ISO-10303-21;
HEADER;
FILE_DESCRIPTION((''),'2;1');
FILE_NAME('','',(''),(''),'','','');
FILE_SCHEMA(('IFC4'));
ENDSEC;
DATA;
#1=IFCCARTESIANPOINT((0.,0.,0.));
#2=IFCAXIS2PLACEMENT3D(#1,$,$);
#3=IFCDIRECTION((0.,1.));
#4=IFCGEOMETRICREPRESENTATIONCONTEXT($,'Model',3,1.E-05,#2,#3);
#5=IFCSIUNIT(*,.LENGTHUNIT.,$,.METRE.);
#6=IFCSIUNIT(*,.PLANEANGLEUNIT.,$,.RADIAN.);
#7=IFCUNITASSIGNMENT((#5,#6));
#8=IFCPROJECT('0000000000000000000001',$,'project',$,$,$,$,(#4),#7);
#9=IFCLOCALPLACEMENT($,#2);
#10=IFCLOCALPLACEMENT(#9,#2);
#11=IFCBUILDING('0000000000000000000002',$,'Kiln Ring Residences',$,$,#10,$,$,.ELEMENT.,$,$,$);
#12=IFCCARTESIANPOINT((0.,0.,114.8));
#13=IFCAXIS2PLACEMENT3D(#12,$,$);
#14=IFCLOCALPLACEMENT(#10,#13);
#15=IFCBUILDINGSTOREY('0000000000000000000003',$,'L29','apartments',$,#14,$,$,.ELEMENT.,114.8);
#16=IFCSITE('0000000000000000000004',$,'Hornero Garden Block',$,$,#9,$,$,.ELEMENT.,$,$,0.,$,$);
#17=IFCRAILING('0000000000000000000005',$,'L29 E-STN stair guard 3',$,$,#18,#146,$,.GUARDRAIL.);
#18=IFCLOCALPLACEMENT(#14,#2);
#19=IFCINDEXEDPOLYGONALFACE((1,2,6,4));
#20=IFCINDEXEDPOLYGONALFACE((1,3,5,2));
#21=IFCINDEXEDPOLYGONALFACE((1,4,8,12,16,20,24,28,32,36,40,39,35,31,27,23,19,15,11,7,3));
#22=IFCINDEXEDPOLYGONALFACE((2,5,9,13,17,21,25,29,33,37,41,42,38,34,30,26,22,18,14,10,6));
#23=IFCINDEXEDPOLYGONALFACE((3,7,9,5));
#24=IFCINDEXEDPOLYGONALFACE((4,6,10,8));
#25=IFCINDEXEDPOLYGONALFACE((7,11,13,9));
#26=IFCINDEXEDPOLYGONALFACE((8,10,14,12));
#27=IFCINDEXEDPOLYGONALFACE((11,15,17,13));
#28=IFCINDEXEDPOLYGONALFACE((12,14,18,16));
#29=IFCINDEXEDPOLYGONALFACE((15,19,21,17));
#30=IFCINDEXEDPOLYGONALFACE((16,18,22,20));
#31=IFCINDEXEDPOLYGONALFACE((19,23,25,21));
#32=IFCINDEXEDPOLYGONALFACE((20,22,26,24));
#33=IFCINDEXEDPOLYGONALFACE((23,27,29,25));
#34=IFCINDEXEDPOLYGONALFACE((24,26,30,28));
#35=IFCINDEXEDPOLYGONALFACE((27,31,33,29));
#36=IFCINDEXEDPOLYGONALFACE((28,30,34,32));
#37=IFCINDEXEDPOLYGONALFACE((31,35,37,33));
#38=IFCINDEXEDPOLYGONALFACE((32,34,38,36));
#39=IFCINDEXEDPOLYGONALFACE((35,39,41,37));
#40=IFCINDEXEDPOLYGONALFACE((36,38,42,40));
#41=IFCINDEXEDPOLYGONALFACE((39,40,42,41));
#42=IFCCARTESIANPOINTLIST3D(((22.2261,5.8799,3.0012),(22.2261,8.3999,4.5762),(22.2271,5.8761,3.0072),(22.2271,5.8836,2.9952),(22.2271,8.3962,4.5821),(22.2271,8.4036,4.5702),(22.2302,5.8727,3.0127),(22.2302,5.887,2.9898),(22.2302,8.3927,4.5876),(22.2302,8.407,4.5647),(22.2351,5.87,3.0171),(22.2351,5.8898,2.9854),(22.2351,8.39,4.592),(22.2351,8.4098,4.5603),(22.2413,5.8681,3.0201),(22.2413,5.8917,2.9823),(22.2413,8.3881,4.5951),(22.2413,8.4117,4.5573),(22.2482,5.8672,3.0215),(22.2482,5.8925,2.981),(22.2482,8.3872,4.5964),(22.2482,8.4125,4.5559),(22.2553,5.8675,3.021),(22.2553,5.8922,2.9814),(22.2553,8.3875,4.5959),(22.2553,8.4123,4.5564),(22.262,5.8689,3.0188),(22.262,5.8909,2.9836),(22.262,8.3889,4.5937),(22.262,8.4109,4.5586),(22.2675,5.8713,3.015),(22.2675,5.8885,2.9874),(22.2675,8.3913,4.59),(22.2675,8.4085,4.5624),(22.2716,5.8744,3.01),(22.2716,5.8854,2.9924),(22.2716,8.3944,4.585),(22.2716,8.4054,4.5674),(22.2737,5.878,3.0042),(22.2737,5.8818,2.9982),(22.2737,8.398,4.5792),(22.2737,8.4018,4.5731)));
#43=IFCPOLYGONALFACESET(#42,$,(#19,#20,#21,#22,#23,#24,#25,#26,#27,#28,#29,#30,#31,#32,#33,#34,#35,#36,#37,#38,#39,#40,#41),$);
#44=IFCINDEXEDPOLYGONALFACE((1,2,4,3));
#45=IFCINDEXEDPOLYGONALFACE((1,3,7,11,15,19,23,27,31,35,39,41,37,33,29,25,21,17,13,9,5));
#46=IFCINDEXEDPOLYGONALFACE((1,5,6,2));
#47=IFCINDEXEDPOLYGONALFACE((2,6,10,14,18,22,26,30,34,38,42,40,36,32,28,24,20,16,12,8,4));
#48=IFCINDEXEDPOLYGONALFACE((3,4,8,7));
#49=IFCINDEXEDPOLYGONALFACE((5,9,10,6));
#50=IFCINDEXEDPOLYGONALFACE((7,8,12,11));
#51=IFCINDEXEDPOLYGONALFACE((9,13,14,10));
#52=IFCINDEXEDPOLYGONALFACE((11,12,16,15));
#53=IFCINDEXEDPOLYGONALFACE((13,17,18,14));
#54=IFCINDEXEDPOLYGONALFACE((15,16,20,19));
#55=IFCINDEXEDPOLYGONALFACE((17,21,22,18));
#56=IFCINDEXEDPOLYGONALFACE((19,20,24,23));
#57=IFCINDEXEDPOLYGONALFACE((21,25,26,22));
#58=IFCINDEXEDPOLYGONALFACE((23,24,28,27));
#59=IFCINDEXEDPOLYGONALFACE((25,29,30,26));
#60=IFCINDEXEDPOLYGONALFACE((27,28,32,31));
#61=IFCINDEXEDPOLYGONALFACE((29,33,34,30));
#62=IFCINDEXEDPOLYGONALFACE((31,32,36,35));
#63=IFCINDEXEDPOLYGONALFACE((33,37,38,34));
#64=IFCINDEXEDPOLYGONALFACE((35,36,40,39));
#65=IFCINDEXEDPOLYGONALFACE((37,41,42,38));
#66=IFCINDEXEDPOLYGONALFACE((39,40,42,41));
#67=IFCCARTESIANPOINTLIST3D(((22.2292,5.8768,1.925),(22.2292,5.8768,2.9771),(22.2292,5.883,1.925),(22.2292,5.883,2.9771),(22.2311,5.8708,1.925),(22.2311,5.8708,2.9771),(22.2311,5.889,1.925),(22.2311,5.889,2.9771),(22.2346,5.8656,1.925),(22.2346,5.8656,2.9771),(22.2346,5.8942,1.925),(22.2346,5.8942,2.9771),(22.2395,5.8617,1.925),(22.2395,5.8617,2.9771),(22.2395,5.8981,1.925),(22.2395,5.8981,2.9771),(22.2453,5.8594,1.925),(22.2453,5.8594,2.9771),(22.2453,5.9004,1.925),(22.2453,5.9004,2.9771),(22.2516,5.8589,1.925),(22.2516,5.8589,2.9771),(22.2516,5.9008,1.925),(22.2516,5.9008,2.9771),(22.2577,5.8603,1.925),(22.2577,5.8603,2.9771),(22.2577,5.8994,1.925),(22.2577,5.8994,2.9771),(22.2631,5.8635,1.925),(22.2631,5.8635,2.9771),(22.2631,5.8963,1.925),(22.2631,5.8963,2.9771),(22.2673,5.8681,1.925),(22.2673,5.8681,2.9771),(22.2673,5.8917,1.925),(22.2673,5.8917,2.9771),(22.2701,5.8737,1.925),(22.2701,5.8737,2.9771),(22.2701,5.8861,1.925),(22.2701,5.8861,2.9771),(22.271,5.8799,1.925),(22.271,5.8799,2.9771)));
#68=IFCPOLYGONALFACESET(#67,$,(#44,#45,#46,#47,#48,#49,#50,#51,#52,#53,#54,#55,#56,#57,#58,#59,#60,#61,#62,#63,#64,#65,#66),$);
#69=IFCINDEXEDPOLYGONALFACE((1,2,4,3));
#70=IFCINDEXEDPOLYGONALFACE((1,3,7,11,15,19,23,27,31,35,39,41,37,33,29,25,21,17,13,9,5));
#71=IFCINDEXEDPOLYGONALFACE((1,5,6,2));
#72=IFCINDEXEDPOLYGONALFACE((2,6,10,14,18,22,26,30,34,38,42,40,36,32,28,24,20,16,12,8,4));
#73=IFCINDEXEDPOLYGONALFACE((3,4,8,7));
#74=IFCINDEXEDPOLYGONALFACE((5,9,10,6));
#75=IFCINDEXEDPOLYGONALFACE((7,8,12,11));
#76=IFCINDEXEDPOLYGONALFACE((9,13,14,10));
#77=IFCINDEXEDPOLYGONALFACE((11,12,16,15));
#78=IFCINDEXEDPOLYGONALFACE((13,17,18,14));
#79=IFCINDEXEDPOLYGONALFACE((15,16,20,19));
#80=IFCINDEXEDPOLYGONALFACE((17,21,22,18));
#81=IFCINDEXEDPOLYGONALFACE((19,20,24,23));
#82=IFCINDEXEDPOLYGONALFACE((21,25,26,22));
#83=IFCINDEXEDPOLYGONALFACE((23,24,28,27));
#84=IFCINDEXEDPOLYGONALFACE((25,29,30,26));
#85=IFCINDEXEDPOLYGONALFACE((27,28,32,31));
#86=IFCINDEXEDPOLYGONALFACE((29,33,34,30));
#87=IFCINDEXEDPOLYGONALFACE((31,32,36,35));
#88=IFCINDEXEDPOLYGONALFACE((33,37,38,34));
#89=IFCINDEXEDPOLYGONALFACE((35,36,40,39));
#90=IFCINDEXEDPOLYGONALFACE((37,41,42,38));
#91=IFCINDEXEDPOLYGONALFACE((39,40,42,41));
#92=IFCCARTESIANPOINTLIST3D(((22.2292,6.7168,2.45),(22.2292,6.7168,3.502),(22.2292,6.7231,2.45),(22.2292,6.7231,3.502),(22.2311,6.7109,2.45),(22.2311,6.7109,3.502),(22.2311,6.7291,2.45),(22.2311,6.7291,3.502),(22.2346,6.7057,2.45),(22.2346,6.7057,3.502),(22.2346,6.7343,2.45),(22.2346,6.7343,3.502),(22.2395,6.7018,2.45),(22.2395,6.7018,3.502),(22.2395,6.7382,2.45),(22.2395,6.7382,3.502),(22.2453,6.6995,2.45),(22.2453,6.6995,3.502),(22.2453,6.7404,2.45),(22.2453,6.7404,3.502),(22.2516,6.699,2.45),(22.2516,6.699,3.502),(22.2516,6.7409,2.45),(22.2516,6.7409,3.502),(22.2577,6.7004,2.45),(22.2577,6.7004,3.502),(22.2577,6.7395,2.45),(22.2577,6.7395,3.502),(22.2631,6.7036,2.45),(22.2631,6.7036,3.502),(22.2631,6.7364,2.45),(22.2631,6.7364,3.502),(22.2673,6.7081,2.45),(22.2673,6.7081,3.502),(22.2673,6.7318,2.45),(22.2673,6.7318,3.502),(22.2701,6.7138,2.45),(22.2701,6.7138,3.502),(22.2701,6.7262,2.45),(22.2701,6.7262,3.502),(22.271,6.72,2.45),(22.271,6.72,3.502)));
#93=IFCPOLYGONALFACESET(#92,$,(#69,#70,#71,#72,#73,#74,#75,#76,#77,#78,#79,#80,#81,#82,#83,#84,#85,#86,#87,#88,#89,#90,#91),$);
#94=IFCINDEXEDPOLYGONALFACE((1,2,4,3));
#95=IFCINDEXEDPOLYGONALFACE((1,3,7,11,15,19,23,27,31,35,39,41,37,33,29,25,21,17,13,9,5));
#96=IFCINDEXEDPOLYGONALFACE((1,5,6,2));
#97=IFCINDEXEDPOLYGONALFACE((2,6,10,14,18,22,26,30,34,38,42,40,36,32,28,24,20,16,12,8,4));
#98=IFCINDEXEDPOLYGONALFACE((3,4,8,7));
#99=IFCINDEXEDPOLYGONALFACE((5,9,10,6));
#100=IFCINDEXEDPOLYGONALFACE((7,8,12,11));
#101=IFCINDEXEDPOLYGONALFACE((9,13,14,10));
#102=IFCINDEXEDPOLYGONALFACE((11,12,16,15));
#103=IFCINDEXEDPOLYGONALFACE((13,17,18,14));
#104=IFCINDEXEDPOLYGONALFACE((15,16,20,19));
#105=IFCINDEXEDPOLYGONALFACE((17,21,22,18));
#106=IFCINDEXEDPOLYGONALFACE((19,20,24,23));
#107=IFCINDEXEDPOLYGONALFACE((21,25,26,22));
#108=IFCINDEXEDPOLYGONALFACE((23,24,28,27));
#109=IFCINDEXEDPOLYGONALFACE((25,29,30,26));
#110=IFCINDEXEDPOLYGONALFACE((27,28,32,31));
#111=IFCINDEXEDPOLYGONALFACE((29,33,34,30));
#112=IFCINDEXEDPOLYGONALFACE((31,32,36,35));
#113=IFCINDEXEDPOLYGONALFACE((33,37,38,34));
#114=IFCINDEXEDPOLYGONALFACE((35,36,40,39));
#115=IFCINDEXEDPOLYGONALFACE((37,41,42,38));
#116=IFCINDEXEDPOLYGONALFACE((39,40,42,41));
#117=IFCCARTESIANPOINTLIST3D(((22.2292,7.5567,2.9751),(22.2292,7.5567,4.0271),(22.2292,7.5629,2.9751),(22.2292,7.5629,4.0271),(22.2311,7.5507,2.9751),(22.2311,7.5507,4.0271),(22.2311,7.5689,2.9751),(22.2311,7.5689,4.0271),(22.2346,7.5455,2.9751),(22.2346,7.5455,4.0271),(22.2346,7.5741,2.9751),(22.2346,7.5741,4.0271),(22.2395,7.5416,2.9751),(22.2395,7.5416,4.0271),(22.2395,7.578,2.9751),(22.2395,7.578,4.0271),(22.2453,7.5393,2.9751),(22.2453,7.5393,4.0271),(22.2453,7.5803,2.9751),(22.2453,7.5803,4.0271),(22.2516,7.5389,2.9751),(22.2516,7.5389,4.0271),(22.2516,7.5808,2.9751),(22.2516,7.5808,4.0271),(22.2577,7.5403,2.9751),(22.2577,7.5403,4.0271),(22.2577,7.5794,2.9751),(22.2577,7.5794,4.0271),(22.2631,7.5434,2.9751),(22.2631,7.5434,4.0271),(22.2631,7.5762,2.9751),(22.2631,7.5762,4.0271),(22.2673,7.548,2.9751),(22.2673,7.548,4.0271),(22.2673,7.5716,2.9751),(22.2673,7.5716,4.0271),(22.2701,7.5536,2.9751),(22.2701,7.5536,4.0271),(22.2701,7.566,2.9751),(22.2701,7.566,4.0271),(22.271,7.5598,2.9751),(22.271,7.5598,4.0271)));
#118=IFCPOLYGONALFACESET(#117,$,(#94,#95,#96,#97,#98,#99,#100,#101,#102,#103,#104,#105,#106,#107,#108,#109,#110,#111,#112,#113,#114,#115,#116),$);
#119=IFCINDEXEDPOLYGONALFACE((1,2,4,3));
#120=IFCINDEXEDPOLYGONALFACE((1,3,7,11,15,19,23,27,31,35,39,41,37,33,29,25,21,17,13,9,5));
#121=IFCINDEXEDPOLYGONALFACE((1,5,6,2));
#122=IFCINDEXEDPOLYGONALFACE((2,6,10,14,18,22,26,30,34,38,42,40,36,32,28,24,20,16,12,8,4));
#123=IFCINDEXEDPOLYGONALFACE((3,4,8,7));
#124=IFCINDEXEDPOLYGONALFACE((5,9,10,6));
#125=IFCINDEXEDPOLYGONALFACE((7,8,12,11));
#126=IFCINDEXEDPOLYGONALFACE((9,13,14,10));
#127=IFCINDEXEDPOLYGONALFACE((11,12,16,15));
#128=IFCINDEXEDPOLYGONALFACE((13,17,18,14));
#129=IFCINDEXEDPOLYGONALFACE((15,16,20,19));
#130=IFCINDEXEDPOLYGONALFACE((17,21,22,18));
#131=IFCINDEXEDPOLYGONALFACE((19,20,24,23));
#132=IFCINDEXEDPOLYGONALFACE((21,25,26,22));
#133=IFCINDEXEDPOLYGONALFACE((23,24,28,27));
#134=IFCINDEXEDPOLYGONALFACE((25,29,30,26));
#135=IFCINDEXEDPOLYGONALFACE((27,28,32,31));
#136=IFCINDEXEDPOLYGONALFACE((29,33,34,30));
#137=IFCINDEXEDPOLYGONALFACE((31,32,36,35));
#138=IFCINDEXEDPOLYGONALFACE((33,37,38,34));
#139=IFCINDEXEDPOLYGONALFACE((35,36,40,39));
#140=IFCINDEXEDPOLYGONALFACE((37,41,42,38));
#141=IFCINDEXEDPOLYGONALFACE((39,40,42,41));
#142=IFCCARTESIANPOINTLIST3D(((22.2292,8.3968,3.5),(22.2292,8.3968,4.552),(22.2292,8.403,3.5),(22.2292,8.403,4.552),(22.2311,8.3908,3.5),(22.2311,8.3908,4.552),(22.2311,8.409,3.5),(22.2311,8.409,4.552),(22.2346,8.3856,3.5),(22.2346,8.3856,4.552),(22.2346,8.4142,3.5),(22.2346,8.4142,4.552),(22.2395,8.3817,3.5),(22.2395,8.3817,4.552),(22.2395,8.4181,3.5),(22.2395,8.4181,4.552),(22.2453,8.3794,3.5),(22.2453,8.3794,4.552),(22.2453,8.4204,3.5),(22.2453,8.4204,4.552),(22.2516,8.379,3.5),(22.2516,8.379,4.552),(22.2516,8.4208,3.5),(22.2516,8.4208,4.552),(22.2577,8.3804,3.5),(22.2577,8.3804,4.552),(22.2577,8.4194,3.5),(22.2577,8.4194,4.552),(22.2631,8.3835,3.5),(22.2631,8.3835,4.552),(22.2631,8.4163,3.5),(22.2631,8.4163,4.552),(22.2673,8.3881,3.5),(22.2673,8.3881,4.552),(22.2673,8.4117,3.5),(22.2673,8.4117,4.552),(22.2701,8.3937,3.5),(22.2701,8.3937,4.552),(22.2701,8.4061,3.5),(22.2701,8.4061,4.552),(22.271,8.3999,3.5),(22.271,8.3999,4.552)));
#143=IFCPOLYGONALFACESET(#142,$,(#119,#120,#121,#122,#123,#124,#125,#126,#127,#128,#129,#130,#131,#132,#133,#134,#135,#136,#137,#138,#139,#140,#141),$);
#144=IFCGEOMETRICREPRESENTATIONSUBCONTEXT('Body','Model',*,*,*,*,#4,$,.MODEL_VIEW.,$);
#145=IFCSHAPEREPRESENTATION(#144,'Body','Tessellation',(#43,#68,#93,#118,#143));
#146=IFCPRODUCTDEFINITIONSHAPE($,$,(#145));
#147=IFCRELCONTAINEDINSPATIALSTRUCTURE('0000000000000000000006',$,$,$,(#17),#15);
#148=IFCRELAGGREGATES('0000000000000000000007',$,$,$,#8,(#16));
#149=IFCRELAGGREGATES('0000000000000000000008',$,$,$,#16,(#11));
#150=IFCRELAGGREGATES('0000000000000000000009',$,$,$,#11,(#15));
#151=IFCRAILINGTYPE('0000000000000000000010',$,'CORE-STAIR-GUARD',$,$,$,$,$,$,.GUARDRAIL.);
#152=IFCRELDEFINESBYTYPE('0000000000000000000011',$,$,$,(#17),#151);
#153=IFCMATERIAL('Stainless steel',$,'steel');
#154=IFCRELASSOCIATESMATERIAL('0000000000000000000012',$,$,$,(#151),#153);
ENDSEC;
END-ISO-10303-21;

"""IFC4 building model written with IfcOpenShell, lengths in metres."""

from ifc_helpers import new_model, si_unit, direction, frame, origin, origin_2d, place, context, subcontext, project, spatial, circle, extrude, material, type_object, element, save


model = new_model("IFC4")

# Units and contexts
model_context = context("Model", 3, precision=1e-05, world=origin(), true_north=direction((0.0, 1.0)))
body_context = subcontext(model_context, "Body", "Model", "MODEL_VIEW")
ifc_project = project(units=[si_unit("LENGTHUNIT", "METRE"), si_unit("PLANEANGLEUNIT", "RADIAN")], contexts=[model_context])

# Site, building, storey
site_placement = place(None, origin())
site = spatial("IfcSite", under=ifc_project, at=site_placement, Name="Hornero Garden Block", CompositionType="ELEMENT", RefElevation=0.0)
building_placement = place(site_placement, origin())
building = spatial("IfcBuilding", under=site, at=building_placement, Name="Kiln Ring Residences", CompositionType="ELEMENT")
storey_placement = place(building_placement, frame((0.0, 0.0, 114.8)))
storey = spatial("IfcBuildingStorey", under=building, at=storey_placement, Name="L29", Description="apartments", CompositionType="ELEMENT", Elevation=114.8)

# Railing
ifc_material_1 = material(Name="Stainless steel", Category="steel")
railing_type_1 = type_object("IfcRailingType", Name="CORE-STAIR-GUARD", PredefinedType="GUARDRAIL", material=ifc_material_1)
railing_1_placement = place(storey_placement, frame((22.25, 5.8799, 1.925)))
element("IfcRailing", 1, at=railing_1_placement, inside=storey, type_object=railing_type_1, Name="L29 E-STN stair guard 3", PredefinedType="GUARDRAIL", context=body_context, shape_type="SweptSolid", body=[
    extrude(circle(Radius=0.0239, at=origin_2d()), frame((0.0, 0.0, 1.0762), z_axis=(0.0, 0.848008, 0.529984), x_axis=(-1.0, 0.0, 0.0)), (0.0, 0.0, 1.0), 2.9717),
    extrude(circle(Radius=0.021, at=origin_2d()), origin(), (0.0, 0.0, 1.0), 1.052),
    extrude(circle(Radius=0.021, at=origin_2d()), frame((0.0, 0.8401, 0.5249)), (0.0, 0.0, 1.0), 1.052),
    extrude(circle(Radius=0.021, at=origin_2d()), frame((0.0, 1.6799, 1.05)), (0.0, 0.0, 1.0), 1.052),
    extrude(circle(Radius=0.021, at=origin_2d()), frame((0.0, 2.52, 1.575)), (0.0, 0.0, 1.0), 1.052),
])

save(model, "model.ifc")
